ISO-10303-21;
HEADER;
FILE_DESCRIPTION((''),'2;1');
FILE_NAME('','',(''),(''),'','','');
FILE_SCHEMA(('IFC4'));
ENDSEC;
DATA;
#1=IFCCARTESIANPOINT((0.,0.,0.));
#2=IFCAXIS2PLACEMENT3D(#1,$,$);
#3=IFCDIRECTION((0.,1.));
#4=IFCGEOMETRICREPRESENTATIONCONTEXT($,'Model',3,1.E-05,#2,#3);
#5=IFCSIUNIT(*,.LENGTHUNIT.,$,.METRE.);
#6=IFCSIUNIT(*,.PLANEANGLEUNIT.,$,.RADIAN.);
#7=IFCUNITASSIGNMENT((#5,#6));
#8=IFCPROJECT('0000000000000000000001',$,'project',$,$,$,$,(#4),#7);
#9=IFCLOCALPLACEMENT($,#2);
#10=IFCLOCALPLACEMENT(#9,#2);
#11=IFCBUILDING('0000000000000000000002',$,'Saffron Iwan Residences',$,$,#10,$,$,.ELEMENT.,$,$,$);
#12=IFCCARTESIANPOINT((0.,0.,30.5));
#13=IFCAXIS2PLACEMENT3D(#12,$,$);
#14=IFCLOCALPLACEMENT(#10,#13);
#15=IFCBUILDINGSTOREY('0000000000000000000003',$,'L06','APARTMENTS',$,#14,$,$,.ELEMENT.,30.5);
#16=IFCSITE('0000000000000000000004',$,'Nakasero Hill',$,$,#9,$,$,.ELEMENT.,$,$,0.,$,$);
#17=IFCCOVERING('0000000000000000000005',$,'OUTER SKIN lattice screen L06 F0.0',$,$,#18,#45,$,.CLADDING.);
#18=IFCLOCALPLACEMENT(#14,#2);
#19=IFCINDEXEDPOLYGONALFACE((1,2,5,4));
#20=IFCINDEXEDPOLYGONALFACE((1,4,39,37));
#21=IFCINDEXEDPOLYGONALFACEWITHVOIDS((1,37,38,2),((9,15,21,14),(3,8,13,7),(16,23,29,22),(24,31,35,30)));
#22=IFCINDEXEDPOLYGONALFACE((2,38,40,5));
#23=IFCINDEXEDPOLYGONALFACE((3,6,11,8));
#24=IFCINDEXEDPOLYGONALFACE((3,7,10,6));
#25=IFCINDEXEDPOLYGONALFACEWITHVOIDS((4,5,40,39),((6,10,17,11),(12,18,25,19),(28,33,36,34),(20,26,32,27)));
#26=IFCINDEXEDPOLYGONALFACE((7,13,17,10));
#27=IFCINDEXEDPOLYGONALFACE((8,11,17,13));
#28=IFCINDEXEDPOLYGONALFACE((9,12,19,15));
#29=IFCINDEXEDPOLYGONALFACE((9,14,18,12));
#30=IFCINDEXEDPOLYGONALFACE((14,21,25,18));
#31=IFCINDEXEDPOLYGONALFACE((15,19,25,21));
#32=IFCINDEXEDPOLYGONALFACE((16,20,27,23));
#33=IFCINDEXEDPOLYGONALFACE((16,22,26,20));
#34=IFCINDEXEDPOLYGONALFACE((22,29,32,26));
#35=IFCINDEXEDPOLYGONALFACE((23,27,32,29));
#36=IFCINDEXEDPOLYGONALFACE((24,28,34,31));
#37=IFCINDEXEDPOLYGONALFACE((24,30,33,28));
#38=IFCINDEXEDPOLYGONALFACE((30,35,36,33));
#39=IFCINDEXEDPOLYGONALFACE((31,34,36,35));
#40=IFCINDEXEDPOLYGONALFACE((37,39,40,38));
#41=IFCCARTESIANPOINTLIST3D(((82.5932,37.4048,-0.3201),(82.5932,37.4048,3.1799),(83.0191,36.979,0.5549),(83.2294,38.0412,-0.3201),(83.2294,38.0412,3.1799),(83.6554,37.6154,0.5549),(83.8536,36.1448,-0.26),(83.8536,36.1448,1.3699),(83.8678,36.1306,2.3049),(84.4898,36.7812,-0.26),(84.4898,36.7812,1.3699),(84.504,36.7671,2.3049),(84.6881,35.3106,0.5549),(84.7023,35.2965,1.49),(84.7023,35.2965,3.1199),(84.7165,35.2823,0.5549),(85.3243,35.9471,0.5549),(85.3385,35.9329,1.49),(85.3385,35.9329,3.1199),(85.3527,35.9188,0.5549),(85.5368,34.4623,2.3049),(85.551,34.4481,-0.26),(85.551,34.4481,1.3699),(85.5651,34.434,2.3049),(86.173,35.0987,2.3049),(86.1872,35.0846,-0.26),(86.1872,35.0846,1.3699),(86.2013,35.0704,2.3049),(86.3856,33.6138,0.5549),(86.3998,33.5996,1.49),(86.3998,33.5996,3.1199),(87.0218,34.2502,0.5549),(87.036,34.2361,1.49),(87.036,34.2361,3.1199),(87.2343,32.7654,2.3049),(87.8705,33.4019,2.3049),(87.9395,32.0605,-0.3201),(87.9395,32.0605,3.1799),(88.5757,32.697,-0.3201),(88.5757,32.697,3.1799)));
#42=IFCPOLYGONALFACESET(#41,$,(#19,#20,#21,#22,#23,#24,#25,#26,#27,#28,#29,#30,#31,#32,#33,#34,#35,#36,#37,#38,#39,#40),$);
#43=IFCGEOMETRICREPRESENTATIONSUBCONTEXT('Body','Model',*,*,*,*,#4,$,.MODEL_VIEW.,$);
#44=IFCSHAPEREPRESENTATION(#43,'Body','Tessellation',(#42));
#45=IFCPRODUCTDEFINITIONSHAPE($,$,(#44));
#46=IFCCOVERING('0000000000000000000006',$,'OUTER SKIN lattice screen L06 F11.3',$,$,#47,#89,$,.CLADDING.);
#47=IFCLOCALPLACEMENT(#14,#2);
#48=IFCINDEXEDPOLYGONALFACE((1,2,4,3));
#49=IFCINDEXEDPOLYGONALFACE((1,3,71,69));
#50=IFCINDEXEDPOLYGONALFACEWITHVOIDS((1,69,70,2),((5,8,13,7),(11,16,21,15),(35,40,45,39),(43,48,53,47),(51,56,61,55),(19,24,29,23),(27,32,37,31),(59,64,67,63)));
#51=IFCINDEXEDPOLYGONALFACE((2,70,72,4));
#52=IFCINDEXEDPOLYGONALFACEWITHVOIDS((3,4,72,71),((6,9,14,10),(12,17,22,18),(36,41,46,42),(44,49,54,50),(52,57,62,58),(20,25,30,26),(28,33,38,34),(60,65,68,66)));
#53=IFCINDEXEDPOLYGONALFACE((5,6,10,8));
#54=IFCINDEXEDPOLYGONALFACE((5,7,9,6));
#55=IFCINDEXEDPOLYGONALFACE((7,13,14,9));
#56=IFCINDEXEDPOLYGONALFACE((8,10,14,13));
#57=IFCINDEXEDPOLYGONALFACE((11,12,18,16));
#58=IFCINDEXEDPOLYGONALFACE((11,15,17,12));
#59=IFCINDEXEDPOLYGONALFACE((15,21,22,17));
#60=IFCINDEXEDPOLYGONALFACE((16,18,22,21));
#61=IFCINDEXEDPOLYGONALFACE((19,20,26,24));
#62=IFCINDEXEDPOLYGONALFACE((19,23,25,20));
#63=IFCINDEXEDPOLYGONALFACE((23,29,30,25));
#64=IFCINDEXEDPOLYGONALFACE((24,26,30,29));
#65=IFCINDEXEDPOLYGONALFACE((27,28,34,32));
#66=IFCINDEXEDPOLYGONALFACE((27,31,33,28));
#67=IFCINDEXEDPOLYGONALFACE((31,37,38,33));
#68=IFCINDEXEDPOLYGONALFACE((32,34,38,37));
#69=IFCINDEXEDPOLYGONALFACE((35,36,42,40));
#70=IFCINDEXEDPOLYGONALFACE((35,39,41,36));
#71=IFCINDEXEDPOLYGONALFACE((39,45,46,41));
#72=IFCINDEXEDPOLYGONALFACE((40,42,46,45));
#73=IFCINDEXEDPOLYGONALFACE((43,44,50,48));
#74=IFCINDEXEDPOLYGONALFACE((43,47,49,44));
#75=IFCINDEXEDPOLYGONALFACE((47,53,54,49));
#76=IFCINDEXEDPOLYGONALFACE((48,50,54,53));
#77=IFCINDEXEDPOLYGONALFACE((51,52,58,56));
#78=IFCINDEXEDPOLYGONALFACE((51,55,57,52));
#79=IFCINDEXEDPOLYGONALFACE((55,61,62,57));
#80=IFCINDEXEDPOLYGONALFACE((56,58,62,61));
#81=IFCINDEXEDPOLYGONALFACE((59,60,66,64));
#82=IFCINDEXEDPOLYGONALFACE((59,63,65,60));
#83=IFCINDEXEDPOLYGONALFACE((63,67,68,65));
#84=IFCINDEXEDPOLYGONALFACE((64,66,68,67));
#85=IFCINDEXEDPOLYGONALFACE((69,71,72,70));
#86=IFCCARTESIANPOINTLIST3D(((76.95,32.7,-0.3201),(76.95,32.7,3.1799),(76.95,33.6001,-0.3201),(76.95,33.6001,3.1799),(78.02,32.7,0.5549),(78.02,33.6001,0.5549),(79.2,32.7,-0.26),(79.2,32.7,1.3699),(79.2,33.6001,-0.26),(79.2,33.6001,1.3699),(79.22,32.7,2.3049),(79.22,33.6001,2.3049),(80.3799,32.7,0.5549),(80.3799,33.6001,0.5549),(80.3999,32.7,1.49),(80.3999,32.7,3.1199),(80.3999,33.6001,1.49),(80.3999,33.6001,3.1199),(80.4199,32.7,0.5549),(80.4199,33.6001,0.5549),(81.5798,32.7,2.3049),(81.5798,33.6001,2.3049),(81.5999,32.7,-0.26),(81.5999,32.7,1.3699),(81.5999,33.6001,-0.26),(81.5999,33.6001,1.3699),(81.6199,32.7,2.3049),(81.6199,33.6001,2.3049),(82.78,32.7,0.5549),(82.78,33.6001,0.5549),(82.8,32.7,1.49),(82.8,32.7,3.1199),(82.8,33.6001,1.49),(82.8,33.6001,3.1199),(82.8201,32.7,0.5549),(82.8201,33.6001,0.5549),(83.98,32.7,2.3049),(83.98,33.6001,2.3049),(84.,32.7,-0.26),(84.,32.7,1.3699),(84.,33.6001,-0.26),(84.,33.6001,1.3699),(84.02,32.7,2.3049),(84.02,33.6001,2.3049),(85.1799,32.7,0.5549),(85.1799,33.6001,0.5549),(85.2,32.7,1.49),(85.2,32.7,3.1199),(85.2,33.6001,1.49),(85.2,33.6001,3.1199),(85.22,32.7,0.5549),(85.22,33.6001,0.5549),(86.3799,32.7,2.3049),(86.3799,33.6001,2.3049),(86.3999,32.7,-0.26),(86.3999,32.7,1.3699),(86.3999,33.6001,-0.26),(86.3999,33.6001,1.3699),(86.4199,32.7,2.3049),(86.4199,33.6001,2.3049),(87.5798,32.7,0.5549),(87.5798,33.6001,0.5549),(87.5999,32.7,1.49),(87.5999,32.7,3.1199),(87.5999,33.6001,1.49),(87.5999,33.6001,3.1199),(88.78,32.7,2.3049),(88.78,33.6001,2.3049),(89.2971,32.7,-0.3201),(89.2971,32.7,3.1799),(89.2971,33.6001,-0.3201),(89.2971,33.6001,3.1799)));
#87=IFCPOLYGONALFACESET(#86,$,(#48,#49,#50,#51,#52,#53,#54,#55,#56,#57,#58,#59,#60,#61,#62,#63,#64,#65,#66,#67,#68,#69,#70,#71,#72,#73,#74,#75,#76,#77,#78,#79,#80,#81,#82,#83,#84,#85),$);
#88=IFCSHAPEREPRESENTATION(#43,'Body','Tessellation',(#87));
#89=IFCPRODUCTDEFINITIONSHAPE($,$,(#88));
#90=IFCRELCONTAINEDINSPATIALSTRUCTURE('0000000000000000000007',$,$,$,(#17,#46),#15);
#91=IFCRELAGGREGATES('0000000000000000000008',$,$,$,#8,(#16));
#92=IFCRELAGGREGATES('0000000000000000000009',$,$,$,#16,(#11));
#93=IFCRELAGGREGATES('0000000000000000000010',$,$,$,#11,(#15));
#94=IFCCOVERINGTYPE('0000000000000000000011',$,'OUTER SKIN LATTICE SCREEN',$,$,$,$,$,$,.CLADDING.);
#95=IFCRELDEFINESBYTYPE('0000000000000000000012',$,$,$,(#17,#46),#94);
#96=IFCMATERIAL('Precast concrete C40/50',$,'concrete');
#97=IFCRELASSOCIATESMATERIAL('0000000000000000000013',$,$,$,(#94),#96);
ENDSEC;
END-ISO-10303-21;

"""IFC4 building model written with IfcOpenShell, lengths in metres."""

from ifc_helpers import new_model, si_unit, direction, frame, origin, place, context, subcontext, project, spatial, polyline, outline, extrude, material, type_object, element, save


model = new_model("IFC4")

# Units and contexts
model_context = context("Model", 3, precision=1e-05, world=origin(), true_north=direction((0.0, 1.0)))
body_context = subcontext(model_context, "Body", "Model", "MODEL_VIEW")
ifc_project = project(units=[si_unit("LENGTHUNIT", "METRE"), si_unit("PLANEANGLEUNIT", "RADIAN")], contexts=[model_context])

# Site, building, storey
site_placement = place(None, origin())
site = spatial("IfcSite", under=ifc_project, at=site_placement, Name="Nakasero Hill", CompositionType="ELEMENT", RefElevation=0.0)
building_placement = place(site_placement, origin())
building = spatial("IfcBuilding", under=site, at=building_placement, Name="Saffron Iwan Residences", CompositionType="ELEMENT")
storey_placement = place(building_placement, frame((0.0, 0.0, 30.5)))
storey = spatial("IfcBuildingStorey", under=building, at=storey_placement, Name="L06", Description="APARTMENTS", CompositionType="ELEMENT", Elevation=30.5)

# Coverings
ifc_material_1 = material(Name="Precast concrete C40/50", Category="concrete")
covering_type = type_object("IfcCoveringType", Name="OUTER SKIN LATTICE SCREEN", PredefinedType="CLADDING", material=ifc_material_1)
covering_1_placement = place(storey_placement, frame((87.9395, 32.0605, -0.3201), z_axis=(0.706971, 0.707242, 0.0), x_axis=(-0.707242, 0.706971, 0.0)))
element("IfcCovering", 1, at=covering_1_placement, inside=storey, type_object=covering_type, Name="OUTER SKIN lattice screen L06 F0.0", PredefinedType="CLADDING", context=body_context, shape_type="SweptSolid", body=[
    extrude(outline(polyline([(0.0, 0.0), (7.5593, 0.0), (7.5593, 3.5), (0.0, 3.5), (0.0, 0.0)]), holes=[polyline([(2.197, 0.875), (3.3772, 0.0601), (4.5571, 0.875), (3.3772, 1.6899), (2.197, 0.875)]), polyline([(4.5972, 0.875), (5.7771, 0.0601), (6.957, 0.875), (5.7771, 1.6899), (4.5972, 0.875)]), polyline([(0.9971, 2.625), (2.177, 1.8101), (3.3572, 2.625), (2.177, 3.4399), (0.9971, 2.625)]), polyline([(3.3972, 2.625), (4.5771, 1.8101), (5.7571, 2.625), (4.5771, 3.4399), (3.3972, 2.625)])]), origin(), (0.0, 0.0, 1.0), 0.8999),
])
covering_2_placement = place(storey_placement, frame((76.95, 33.6001, -0.3201), z_axis=(0.0, -1.0, 0.0), x_axis=(1.0, 0.0, 0.0)))
element("IfcCovering", 2, at=covering_2_placement, inside=storey, type_object=covering_type, Name="OUTER SKIN lattice screen L06 F11.3", PredefinedType="CLADDING", context=body_context, shape_type="SweptSolid", body=[
    extrude(outline(polyline([(0.0, 0.0), (12.3472, 0.0), (12.3472, 3.5), (0.0, 3.5), (0.0, 0.0)]), holes=[polyline([(1.0701, 0.875), (2.25, 0.0601), (3.4299, 0.875), (2.25, 1.6899), (1.0701, 0.875)]), polyline([(3.47, 0.875), (4.6499, 0.0601), (5.8301, 0.875), (4.6499, 1.6899), (3.47, 0.875)]), polyline([(5.8701, 0.875), (7.05, 0.0601), (8.23, 0.875), (7.05, 1.6899), (5.8701, 0.875)]), polyline([(8.27, 0.875), (9.45, 0.0601), (10.6299, 0.875), (9.45, 1.6899), (8.27, 0.875)]), polyline([(2.27, 2.625), (3.45, 1.8101), (4.6299, 2.625), (3.45, 3.4399), (2.27, 2.625)]), polyline([(4.6699, 2.625), (5.8501, 1.8101), (7.03, 2.625), (5.8501, 3.4399), (4.6699, 2.625)]), polyline([(7.0701, 2.625), (8.25, 1.8101), (9.4299, 2.625), (8.25, 3.4399), (7.0701, 2.625)]), polyline([(9.47, 2.625), (10.6499, 1.8101), (11.8301, 2.625), (10.6499, 3.4399), (9.47, 2.625)])]), origin(), (0.0, 0.0, 1.0), 0.9001),
])

save(model, "model.ifc")
